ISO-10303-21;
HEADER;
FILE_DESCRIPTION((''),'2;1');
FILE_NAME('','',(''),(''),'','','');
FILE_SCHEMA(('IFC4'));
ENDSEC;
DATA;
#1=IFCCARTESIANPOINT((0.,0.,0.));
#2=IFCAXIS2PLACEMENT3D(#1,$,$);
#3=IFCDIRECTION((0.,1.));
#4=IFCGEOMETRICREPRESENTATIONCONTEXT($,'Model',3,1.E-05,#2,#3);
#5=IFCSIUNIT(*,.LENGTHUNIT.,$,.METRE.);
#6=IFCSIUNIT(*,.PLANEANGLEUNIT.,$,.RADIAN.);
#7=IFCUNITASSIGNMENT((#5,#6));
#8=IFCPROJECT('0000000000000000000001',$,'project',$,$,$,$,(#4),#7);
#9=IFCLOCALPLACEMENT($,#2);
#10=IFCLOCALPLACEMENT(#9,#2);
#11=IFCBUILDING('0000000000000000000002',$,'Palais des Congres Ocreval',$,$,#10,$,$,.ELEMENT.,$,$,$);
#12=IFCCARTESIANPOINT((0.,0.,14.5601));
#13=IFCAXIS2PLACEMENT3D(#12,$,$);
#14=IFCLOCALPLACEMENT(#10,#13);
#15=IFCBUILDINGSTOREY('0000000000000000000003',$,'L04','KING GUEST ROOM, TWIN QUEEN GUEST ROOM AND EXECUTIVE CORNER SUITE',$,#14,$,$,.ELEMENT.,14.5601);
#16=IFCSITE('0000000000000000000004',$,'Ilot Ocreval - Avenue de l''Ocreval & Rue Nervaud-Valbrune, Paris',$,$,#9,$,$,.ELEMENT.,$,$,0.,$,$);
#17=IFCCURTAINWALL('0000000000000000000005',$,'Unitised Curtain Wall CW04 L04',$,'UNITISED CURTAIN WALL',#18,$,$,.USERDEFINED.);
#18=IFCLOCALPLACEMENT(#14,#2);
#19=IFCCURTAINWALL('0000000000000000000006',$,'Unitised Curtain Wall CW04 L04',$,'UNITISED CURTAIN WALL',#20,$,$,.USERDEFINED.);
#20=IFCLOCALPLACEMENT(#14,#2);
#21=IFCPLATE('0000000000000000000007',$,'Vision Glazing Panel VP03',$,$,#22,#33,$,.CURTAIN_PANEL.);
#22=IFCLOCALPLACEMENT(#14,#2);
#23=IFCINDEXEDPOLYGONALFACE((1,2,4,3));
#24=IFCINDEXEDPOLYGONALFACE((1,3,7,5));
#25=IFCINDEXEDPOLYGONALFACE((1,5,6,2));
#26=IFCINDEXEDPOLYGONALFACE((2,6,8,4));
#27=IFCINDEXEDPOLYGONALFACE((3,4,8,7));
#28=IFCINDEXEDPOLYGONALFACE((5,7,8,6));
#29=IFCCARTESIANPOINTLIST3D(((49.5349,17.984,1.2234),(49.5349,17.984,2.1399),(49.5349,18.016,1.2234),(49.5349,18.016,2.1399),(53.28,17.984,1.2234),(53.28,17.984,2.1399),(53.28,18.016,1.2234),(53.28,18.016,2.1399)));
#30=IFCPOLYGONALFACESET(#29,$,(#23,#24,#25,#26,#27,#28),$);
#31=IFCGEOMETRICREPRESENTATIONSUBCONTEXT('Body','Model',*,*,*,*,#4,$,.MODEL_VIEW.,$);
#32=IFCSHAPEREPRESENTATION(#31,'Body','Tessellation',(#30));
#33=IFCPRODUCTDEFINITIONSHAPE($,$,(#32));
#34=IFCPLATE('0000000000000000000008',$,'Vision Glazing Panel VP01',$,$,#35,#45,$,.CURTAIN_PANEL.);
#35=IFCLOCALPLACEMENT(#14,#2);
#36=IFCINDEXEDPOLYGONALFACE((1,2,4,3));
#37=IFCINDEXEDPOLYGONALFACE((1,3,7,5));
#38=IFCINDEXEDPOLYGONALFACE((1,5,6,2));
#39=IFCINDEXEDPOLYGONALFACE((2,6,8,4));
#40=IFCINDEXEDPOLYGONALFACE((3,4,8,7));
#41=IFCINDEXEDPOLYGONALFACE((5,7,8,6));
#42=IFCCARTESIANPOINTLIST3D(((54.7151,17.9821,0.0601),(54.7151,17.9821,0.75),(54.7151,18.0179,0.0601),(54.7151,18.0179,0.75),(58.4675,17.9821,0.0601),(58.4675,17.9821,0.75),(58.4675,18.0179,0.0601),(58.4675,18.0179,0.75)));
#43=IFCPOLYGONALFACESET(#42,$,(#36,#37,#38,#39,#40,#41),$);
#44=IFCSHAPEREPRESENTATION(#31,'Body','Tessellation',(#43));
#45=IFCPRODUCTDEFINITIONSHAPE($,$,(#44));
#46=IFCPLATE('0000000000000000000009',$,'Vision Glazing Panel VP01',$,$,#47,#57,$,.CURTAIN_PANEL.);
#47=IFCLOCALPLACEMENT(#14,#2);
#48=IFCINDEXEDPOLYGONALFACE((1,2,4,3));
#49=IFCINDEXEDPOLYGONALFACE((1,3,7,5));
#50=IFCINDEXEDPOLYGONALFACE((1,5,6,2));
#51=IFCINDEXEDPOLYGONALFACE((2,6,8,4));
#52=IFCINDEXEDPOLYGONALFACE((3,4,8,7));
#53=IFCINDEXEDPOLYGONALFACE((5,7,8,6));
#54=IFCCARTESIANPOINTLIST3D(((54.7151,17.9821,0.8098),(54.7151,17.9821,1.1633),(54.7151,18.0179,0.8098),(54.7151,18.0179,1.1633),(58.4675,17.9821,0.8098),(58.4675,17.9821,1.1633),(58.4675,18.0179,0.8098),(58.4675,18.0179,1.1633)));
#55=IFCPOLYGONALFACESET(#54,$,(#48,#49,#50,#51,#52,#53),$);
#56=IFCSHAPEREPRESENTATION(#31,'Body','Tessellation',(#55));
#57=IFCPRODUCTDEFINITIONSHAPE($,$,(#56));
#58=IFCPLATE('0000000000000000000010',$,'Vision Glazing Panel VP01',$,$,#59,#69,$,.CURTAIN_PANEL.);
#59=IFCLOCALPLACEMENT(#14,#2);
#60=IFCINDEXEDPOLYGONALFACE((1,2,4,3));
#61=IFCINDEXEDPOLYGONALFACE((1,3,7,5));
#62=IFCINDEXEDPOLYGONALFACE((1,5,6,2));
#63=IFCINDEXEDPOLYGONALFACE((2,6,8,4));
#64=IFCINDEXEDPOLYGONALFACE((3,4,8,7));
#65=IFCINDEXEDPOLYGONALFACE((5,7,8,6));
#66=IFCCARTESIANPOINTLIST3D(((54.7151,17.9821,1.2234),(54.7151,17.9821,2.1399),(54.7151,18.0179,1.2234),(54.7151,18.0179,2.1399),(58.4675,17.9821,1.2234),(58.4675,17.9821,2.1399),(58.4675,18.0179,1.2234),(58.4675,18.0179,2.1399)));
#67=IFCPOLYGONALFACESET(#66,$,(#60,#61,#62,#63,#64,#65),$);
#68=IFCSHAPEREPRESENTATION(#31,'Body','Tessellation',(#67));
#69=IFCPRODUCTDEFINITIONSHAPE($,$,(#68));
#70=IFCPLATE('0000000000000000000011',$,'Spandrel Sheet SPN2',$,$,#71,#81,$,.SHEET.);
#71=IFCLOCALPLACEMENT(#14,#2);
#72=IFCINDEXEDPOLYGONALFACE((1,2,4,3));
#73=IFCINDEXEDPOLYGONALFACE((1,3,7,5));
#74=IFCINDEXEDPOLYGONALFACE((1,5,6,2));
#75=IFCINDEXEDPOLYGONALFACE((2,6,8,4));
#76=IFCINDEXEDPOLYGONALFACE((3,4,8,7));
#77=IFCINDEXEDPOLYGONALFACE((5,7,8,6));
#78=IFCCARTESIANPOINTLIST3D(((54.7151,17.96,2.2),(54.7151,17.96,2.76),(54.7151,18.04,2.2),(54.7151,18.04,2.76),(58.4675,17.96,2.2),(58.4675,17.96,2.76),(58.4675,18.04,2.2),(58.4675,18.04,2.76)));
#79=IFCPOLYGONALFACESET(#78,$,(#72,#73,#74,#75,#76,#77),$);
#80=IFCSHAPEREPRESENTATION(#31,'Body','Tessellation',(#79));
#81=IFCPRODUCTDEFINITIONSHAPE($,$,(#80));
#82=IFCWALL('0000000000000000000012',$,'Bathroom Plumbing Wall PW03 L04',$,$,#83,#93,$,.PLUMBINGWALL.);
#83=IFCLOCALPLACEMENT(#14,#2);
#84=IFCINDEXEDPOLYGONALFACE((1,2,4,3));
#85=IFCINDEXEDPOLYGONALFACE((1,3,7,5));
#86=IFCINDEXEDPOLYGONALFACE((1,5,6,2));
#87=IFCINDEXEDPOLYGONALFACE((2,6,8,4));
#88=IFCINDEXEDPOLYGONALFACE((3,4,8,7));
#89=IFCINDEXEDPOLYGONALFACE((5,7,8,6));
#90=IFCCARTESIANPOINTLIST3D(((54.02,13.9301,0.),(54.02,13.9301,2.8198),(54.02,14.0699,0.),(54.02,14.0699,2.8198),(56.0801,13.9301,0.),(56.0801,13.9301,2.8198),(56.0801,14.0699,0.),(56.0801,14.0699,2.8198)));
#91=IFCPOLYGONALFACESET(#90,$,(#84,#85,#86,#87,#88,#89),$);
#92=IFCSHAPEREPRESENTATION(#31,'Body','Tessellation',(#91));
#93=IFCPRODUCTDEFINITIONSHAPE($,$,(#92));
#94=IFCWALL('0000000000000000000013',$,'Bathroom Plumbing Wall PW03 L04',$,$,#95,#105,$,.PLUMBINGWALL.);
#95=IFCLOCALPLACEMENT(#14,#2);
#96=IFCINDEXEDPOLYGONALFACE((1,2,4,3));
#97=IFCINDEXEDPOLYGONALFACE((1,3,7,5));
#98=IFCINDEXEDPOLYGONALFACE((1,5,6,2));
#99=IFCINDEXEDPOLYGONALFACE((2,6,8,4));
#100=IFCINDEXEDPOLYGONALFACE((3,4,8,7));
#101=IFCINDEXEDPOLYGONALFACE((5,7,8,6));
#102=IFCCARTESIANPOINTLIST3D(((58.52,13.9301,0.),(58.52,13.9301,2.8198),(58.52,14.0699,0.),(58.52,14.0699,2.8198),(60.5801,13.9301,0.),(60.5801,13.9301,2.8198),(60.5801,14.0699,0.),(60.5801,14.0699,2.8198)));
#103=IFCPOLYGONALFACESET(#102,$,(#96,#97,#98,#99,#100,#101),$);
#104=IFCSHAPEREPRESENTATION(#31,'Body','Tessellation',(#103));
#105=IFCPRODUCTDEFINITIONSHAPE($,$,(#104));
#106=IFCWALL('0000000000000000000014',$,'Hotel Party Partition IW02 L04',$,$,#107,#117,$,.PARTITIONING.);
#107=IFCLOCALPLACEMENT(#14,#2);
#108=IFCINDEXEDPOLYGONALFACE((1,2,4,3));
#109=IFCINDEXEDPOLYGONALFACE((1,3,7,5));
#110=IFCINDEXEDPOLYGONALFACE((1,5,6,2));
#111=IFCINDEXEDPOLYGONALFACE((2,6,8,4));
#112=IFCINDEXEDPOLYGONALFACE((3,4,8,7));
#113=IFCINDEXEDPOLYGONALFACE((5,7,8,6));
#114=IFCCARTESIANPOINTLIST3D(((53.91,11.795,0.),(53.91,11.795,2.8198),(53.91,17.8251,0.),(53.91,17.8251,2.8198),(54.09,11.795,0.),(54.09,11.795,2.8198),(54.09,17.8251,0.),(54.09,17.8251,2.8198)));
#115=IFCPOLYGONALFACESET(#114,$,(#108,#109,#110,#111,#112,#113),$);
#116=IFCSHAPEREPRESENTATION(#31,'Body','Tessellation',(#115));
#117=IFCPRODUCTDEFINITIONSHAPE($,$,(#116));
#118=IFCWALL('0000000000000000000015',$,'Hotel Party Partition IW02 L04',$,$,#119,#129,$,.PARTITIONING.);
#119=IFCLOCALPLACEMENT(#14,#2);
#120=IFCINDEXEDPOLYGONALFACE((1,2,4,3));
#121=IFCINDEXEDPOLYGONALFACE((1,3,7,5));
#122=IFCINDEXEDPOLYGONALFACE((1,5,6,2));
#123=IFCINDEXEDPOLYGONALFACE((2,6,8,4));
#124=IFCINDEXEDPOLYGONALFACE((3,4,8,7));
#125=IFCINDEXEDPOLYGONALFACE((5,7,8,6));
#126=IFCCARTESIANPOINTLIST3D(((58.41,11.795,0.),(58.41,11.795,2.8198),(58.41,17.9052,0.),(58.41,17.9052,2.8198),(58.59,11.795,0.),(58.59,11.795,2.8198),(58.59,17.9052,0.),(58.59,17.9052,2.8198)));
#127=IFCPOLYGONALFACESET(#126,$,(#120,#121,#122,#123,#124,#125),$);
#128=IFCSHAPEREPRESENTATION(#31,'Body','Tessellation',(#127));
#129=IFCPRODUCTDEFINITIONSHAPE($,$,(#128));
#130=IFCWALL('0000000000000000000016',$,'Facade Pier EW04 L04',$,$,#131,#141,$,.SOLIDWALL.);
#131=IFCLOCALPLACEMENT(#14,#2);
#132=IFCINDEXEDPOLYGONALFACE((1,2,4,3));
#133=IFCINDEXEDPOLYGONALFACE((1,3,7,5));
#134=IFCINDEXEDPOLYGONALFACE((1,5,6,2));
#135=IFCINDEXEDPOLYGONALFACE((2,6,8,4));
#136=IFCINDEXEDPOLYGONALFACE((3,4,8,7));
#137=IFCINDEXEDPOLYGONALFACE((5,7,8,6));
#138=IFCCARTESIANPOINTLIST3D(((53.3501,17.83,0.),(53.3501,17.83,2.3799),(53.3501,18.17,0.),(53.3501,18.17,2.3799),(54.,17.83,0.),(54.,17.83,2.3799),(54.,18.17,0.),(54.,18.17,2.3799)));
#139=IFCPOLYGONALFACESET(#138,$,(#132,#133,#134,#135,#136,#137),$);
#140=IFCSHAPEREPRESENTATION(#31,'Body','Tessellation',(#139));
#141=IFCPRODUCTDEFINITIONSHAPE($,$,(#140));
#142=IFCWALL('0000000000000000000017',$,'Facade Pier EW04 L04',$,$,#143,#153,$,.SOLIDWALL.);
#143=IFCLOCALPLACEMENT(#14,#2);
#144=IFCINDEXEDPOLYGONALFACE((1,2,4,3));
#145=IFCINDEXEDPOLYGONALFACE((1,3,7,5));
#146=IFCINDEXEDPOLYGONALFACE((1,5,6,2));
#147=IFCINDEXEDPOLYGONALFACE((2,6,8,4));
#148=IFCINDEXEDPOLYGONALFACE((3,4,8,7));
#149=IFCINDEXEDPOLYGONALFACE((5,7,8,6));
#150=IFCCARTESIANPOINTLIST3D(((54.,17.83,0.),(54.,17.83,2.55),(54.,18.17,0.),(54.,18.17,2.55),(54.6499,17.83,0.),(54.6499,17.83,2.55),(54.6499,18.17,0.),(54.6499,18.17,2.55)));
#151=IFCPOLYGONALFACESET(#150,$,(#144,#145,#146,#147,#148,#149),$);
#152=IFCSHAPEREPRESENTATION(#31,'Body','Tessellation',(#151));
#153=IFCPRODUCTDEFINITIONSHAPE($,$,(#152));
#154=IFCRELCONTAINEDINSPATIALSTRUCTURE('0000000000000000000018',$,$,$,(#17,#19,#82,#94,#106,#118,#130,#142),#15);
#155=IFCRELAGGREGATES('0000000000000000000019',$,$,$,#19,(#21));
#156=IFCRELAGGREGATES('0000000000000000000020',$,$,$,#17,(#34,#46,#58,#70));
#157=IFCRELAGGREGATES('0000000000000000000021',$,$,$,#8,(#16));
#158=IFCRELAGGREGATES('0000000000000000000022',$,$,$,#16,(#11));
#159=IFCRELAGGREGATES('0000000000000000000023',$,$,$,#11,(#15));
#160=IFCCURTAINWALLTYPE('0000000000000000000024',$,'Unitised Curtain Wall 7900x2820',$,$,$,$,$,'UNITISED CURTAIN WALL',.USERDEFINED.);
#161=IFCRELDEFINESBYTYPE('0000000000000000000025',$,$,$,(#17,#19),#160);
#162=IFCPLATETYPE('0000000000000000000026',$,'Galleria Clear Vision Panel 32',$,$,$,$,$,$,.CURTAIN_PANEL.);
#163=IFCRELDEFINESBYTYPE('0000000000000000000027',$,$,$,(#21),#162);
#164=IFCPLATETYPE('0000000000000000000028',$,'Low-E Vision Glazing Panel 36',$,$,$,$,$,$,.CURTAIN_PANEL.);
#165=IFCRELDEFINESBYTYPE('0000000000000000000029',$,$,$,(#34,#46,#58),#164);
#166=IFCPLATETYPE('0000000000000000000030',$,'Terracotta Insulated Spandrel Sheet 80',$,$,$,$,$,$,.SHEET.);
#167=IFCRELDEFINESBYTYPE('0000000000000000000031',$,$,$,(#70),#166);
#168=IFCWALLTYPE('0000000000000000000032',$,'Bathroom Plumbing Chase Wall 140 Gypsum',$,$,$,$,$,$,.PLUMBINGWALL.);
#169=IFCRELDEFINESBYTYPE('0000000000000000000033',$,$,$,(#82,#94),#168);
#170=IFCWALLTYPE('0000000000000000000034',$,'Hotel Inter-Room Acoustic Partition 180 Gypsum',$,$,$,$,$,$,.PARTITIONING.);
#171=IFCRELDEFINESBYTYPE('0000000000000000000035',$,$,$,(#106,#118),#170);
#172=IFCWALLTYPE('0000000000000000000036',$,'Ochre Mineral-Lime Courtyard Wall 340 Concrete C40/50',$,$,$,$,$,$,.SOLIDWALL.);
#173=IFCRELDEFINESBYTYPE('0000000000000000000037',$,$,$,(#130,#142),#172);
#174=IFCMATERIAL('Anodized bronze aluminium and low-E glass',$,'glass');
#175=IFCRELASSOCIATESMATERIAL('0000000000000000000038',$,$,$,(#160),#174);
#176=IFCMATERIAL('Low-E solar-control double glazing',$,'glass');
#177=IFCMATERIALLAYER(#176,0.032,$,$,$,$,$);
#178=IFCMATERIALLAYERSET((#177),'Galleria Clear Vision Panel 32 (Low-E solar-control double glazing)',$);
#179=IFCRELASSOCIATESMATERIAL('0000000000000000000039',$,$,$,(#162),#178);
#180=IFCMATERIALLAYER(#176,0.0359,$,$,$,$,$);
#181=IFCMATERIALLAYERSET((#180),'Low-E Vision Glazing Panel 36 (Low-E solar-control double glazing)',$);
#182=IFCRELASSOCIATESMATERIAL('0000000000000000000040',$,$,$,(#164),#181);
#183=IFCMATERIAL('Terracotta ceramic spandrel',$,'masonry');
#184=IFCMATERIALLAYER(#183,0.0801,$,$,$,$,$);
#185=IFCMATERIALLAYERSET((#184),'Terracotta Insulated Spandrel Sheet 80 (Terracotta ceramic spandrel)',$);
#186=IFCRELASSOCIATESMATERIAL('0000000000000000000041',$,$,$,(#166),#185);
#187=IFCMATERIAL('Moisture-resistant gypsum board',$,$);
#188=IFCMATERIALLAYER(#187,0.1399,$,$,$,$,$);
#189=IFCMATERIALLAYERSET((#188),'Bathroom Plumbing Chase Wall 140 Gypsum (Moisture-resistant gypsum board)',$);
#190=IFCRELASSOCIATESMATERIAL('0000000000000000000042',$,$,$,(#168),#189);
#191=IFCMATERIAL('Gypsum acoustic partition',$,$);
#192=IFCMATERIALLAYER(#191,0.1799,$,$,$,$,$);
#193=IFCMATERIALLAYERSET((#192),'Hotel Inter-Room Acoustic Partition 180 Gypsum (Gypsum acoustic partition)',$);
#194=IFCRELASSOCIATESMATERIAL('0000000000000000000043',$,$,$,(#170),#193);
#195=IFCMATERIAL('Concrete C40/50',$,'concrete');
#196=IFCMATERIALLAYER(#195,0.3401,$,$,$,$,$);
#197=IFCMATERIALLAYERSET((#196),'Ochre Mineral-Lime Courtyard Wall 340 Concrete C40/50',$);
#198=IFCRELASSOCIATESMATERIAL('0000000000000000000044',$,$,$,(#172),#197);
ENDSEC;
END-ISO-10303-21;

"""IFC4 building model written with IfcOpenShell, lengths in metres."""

from ifc_helpers import new_model, si_unit, direction, frame, frame_2d, origin, origin_2d, place, context, subcontext, project, spatial, rectangle, extrude, material, layer, layer_set, type_object, element, aggregate, save


model = new_model("IFC4")

# Units and contexts
model_context = context("Model", 3, precision=1e-05, world=origin(), true_north=direction((0.0, 1.0)))
body_context = subcontext(model_context, "Body", "Model", "MODEL_VIEW")
ifc_project = project(units=[si_unit("LENGTHUNIT", "METRE"), si_unit("PLANEANGLEUNIT", "RADIAN")], contexts=[model_context])

# Site, building, storey
site_placement = place(None, origin())
site = spatial("IfcSite", under=ifc_project, at=site_placement, Name="Ilot Ocreval - Avenue de l'Ocreval & Rue Nervaud-Valbrune, Paris", CompositionType="ELEMENT", RefElevation=0.0)
building_placement = place(site_placement, origin())
building = spatial("IfcBuilding", under=site, at=building_placement, Name="Palais des Congres Ocreval", CompositionType="ELEMENT")
storey_placement = place(building_placement, frame((0.0, 0.0, 14.5601)))
storey = spatial("IfcBuildingStorey", under=building, at=storey_placement, Name="L04", Description="KING GUEST ROOM, TWIN QUEEN GUEST ROOM AND EXECUTIVE CORNER SUITE", CompositionType="ELEMENT", Elevation=14.5601)

# Shared definitions
ifc_material_1 = material(Name="Concrete C40/50", Category="concrete")

# Curtain wall
ifc_material_2 = material(Name="Anodized bronze aluminium and low-E glass", Category="glass")
curtain_wall_type = type_object("IfcCurtainWallType", Name="Unitised Curtain Wall 7900x2820", ElementType="UNITISED CURTAIN WALL", PredefinedType="USERDEFINED", material=ifc_material_2)
curtain_wall_1_placement = place(storey_placement, origin())
curtain_wall_1 = element("IfcCurtainWall", 1, at=curtain_wall_1_placement, inside=storey, type_object=curtain_wall_type, Name="Unitised Curtain Wall CW04 L04", ObjectType="UNITISED CURTAIN WALL", PredefinedType="USERDEFINED")

# Curtain wall
curtain_wall_2_placement = place(storey_placement, origin())
curtain_wall_2 = element("IfcCurtainWall", 2, at=curtain_wall_2_placement, inside=storey, type_object=curtain_wall_type, Name="Unitised Curtain Wall CW04 L04", ObjectType="UNITISED CURTAIN WALL", PredefinedType="USERDEFINED")

# Plates
ifc_material_3 = material(Name="Low-E solar-control double glazing", Category="glass")
ifc_layer_1 = layer(ifc_material_3, 0.032)
ifc_layer_set_1 = layer_set([ifc_layer_1], Name="Galleria Clear Vision Panel 32 (Low-E solar-control double glazing)")
plate_type_1 = type_object("IfcPlateType", Name="Galleria Clear Vision Panel 32", PredefinedType="CURTAIN_PANEL", material=ifc_layer_set_1)
plate_1_placement = place(storey_placement, frame((51.4075, 18.0, 1.2234), z_axis=(0.0, 0.0, 1.0), x_axis=(1.0, 0.0, 0.0)))
plate_1 = element("IfcPlate", 3, at=plate_1_placement, type_object=plate_type_1, Name="Vision Glazing Panel VP03", PredefinedType="CURTAIN_PANEL", context=body_context, shape_type="SweptSolid", body=[
    extrude(rectangle(XDim=3.7451, YDim=0.032, at=origin_2d()), origin(), (0.0, 0.0, 1.0), 0.9165),
])
aggregate(curtain_wall_2, [plate_1])
ifc_layer_2 = layer(ifc_material_3, 0.0359)
ifc_layer_set_2 = layer_set([ifc_layer_2], Name="Low-E Vision Glazing Panel 36 (Low-E solar-control double glazing)")
plate_type_2 = type_object("IfcPlateType", Name="Low-E Vision Glazing Panel 36", PredefinedType="CURTAIN_PANEL", material=ifc_layer_set_2)
plate_2_placement = place(storey_placement, frame((56.5913, 18.0, 0.0601), z_axis=(0.0, 0.0, 1.0), x_axis=(1.0, 0.0, 0.0)))
plate_2 = element("IfcPlate", 4, at=plate_2_placement, type_object=plate_type_2, Name="Vision Glazing Panel VP01", PredefinedType="CURTAIN_PANEL", context=body_context, shape_type="SweptSolid", body=[
    extrude(rectangle(XDim=3.7524, YDim=0.0359, at=origin_2d()), origin(), (0.0, 0.0, 1.0), 0.6899),
])
plate_3_placement = place(storey_placement, frame((56.5913, 18.0, 0.8098), z_axis=(0.0, 0.0, 1.0), x_axis=(1.0, 0.0, 0.0)))
plate_3 = element("IfcPlate", 5, at=plate_3_placement, type_object=plate_type_2, Name="Vision Glazing Panel VP01", PredefinedType="CURTAIN_PANEL", context=body_context, shape_type="SweptSolid", body=[
    extrude(rectangle(XDim=3.7524, YDim=0.0359, at=origin_2d()), origin(), (0.0, 0.0, 1.0), 0.3535),
])
plate_4_placement = place(storey_placement, frame((56.5913, 18.0, 1.2234), z_axis=(0.0, 0.0, 1.0), x_axis=(1.0, 0.0, 0.0)))
plate_4 = element("IfcPlate", 6, at=plate_4_placement, type_object=plate_type_2, Name="Vision Glazing Panel VP01", PredefinedType="CURTAIN_PANEL", context=body_context, shape_type="SweptSolid", body=[
    extrude(rectangle(XDim=3.7524, YDim=0.0359, at=origin_2d()), origin(), (0.0, 0.0, 1.0), 0.9165),
])
ifc_material_4 = material(Name="Terracotta ceramic spandrel", Category="masonry")
ifc_layer_3 = layer(ifc_material_4, 0.0801)
ifc_layer_set_3 = layer_set([ifc_layer_3], Name="Terracotta Insulated Spandrel Sheet 80 (Terracotta ceramic spandrel)")
plate_type_3 = type_object("IfcPlateType", Name="Terracotta Insulated Spandrel Sheet 80", PredefinedType="SHEET", material=ifc_layer_set_3)
plate_5_placement = place(storey_placement, frame((56.5913, 18.0, 2.2), z_axis=(0.0, 0.0, 1.0), x_axis=(1.0, 0.0, 0.0)))
plate_5 = element("IfcPlate", 7, at=plate_5_placement, type_object=plate_type_3, Name="Spandrel Sheet SPN2", PredefinedType="SHEET", context=body_context, shape_type="SweptSolid", body=[
    extrude(rectangle(XDim=3.7524, YDim=0.0801, at=origin_2d()), origin(), (0.0, 0.0, 1.0), 0.5601),
])
aggregate(curtain_wall_1, [plate_2, plate_3, plate_4, plate_5])

# Walls
ifc_material_5 = material(Name="Moisture-resistant gypsum board")
ifc_layer_4 = layer(ifc_material_5, 0.1399)
ifc_layer_set_4 = layer_set([ifc_layer_4], Name="Bathroom Plumbing Chase Wall 140 Gypsum (Moisture-resistant gypsum board)")
wall_type_1 = type_object("IfcWallType", Name="Bathroom Plumbing Chase Wall 140 Gypsum", PredefinedType="PLUMBINGWALL", material=ifc_layer_set_4)
for number, where, z_axis, x_axis, name in (
    (8, (54.02, 14.0, 0.0), (0.0, 0.0, 1.0), (1.0, 0.0, 0.0), "Bathroom Plumbing Wall PW03 L04"),
    (9, (58.52, 14.0, 0.0), (0.0, 0.0, 1.0), (1.0, 0.0, 0.0), "Bathroom Plumbing Wall PW03 L04"),
):
    element("IfcWall", number, at=place(storey_placement, frame(where, z_axis=z_axis, x_axis=x_axis)), inside=storey, type_object=wall_type_1, Name=name, PredefinedType="PLUMBINGWALL", context=body_context, shape_type="SweptSolid", body=[
        extrude(rectangle(XDim=2.0601, YDim=0.1399, at=frame_2d((1.03, 0.0))), origin(), (0.0, 0.0, 1.0), 2.8198),
    ])
ifc_material_6 = material(Name="Gypsum acoustic partition")
ifc_layer_5 = layer(ifc_material_6, 0.1799)
ifc_layer_set_5 = layer_set([ifc_layer_5], Name="Hotel Inter-Room Acoustic Partition 180 Gypsum (Gypsum acoustic partition)")
wall_type_2 = type_object("IfcWallType", Name="Hotel Inter-Room Acoustic Partition 180 Gypsum", PredefinedType="PARTITIONING", material=ifc_layer_set_5)
wall_1_placement = place(storey_placement, frame((54.0, 11.7949, 0.0), z_axis=(0.0, 0.0, 1.0), x_axis=(0.0, 1.0, 0.0)))
element("IfcWall", 10, at=wall_1_placement, inside=storey, type_object=wall_type_2, Name="Hotel Party Partition IW02 L04", PredefinedType="PARTITIONING", context=body_context, shape_type="SweptSolid", body=[
    extrude(rectangle(XDim=6.03, YDim=0.1799, at=frame_2d((3.0151, 0.0))), origin(), (0.0, 0.0, 1.0), 2.8198),
])
wall_2_placement = place(storey_placement, frame((58.5, 11.7949, 0.0), z_axis=(0.0, 0.0, 1.0), x_axis=(0.0, 1.0, 0.0)))
element("IfcWall", 11, at=wall_2_placement, inside=storey, type_object=wall_type_2, Name="Hotel Party Partition IW02 L04", PredefinedType="PARTITIONING", context=body_context, shape_type="SweptSolid", body=[
    extrude(rectangle(XDim=6.1101, YDim=0.1799, at=frame_2d((3.0552, 0.0))), origin(), (0.0, 0.0, 1.0), 2.8198),
])
ifc_layer_6 = layer(ifc_material_1, 0.3401)
ifc_layer_set_6 = layer_set([ifc_layer_6], Name="Ochre Mineral-Lime Courtyard Wall 340 Concrete C40/50")
wall_type_3 = type_object("IfcWallType", Name="Ochre Mineral-Lime Courtyard Wall 340 Concrete C40/50", PredefinedType="SOLIDWALL", material=ifc_layer_set_6)
wall_3_placement = place(storey_placement, frame((53.3501, 18.0, 0.0), z_axis=(0.0, 0.0, 1.0), x_axis=(1.0, 0.0, 0.0)))
element("IfcWall", 12, at=wall_3_placement, inside=storey, type_object=wall_type_3, Name="Facade Pier EW04 L04", PredefinedType="SOLIDWALL", context=body_context, shape_type="SweptSolid", body=[
    extrude(rectangle(XDim=0.6499, YDim=0.3401, at=frame_2d((0.325, 0.0))), origin(), (0.0, 0.0, 1.0), 2.3799),
])
wall_4_placement = place(storey_placement, frame((54.0, 18.0, 0.0), z_axis=(0.0, 0.0, 1.0), x_axis=(1.0, 0.0, 0.0)))
element("IfcWall", 13, at=wall_4_placement, inside=storey, type_object=wall_type_3, Name="Facade Pier EW04 L04", PredefinedType="SOLIDWALL", context=body_context, shape_type="SweptSolid", body=[
    extrude(rectangle(XDim=0.6499, YDim=0.3401, at=frame_2d((0.325, 0.0))), origin(), (0.0, 0.0, 1.0), 2.55),
])

save(model, "model.ifc")
